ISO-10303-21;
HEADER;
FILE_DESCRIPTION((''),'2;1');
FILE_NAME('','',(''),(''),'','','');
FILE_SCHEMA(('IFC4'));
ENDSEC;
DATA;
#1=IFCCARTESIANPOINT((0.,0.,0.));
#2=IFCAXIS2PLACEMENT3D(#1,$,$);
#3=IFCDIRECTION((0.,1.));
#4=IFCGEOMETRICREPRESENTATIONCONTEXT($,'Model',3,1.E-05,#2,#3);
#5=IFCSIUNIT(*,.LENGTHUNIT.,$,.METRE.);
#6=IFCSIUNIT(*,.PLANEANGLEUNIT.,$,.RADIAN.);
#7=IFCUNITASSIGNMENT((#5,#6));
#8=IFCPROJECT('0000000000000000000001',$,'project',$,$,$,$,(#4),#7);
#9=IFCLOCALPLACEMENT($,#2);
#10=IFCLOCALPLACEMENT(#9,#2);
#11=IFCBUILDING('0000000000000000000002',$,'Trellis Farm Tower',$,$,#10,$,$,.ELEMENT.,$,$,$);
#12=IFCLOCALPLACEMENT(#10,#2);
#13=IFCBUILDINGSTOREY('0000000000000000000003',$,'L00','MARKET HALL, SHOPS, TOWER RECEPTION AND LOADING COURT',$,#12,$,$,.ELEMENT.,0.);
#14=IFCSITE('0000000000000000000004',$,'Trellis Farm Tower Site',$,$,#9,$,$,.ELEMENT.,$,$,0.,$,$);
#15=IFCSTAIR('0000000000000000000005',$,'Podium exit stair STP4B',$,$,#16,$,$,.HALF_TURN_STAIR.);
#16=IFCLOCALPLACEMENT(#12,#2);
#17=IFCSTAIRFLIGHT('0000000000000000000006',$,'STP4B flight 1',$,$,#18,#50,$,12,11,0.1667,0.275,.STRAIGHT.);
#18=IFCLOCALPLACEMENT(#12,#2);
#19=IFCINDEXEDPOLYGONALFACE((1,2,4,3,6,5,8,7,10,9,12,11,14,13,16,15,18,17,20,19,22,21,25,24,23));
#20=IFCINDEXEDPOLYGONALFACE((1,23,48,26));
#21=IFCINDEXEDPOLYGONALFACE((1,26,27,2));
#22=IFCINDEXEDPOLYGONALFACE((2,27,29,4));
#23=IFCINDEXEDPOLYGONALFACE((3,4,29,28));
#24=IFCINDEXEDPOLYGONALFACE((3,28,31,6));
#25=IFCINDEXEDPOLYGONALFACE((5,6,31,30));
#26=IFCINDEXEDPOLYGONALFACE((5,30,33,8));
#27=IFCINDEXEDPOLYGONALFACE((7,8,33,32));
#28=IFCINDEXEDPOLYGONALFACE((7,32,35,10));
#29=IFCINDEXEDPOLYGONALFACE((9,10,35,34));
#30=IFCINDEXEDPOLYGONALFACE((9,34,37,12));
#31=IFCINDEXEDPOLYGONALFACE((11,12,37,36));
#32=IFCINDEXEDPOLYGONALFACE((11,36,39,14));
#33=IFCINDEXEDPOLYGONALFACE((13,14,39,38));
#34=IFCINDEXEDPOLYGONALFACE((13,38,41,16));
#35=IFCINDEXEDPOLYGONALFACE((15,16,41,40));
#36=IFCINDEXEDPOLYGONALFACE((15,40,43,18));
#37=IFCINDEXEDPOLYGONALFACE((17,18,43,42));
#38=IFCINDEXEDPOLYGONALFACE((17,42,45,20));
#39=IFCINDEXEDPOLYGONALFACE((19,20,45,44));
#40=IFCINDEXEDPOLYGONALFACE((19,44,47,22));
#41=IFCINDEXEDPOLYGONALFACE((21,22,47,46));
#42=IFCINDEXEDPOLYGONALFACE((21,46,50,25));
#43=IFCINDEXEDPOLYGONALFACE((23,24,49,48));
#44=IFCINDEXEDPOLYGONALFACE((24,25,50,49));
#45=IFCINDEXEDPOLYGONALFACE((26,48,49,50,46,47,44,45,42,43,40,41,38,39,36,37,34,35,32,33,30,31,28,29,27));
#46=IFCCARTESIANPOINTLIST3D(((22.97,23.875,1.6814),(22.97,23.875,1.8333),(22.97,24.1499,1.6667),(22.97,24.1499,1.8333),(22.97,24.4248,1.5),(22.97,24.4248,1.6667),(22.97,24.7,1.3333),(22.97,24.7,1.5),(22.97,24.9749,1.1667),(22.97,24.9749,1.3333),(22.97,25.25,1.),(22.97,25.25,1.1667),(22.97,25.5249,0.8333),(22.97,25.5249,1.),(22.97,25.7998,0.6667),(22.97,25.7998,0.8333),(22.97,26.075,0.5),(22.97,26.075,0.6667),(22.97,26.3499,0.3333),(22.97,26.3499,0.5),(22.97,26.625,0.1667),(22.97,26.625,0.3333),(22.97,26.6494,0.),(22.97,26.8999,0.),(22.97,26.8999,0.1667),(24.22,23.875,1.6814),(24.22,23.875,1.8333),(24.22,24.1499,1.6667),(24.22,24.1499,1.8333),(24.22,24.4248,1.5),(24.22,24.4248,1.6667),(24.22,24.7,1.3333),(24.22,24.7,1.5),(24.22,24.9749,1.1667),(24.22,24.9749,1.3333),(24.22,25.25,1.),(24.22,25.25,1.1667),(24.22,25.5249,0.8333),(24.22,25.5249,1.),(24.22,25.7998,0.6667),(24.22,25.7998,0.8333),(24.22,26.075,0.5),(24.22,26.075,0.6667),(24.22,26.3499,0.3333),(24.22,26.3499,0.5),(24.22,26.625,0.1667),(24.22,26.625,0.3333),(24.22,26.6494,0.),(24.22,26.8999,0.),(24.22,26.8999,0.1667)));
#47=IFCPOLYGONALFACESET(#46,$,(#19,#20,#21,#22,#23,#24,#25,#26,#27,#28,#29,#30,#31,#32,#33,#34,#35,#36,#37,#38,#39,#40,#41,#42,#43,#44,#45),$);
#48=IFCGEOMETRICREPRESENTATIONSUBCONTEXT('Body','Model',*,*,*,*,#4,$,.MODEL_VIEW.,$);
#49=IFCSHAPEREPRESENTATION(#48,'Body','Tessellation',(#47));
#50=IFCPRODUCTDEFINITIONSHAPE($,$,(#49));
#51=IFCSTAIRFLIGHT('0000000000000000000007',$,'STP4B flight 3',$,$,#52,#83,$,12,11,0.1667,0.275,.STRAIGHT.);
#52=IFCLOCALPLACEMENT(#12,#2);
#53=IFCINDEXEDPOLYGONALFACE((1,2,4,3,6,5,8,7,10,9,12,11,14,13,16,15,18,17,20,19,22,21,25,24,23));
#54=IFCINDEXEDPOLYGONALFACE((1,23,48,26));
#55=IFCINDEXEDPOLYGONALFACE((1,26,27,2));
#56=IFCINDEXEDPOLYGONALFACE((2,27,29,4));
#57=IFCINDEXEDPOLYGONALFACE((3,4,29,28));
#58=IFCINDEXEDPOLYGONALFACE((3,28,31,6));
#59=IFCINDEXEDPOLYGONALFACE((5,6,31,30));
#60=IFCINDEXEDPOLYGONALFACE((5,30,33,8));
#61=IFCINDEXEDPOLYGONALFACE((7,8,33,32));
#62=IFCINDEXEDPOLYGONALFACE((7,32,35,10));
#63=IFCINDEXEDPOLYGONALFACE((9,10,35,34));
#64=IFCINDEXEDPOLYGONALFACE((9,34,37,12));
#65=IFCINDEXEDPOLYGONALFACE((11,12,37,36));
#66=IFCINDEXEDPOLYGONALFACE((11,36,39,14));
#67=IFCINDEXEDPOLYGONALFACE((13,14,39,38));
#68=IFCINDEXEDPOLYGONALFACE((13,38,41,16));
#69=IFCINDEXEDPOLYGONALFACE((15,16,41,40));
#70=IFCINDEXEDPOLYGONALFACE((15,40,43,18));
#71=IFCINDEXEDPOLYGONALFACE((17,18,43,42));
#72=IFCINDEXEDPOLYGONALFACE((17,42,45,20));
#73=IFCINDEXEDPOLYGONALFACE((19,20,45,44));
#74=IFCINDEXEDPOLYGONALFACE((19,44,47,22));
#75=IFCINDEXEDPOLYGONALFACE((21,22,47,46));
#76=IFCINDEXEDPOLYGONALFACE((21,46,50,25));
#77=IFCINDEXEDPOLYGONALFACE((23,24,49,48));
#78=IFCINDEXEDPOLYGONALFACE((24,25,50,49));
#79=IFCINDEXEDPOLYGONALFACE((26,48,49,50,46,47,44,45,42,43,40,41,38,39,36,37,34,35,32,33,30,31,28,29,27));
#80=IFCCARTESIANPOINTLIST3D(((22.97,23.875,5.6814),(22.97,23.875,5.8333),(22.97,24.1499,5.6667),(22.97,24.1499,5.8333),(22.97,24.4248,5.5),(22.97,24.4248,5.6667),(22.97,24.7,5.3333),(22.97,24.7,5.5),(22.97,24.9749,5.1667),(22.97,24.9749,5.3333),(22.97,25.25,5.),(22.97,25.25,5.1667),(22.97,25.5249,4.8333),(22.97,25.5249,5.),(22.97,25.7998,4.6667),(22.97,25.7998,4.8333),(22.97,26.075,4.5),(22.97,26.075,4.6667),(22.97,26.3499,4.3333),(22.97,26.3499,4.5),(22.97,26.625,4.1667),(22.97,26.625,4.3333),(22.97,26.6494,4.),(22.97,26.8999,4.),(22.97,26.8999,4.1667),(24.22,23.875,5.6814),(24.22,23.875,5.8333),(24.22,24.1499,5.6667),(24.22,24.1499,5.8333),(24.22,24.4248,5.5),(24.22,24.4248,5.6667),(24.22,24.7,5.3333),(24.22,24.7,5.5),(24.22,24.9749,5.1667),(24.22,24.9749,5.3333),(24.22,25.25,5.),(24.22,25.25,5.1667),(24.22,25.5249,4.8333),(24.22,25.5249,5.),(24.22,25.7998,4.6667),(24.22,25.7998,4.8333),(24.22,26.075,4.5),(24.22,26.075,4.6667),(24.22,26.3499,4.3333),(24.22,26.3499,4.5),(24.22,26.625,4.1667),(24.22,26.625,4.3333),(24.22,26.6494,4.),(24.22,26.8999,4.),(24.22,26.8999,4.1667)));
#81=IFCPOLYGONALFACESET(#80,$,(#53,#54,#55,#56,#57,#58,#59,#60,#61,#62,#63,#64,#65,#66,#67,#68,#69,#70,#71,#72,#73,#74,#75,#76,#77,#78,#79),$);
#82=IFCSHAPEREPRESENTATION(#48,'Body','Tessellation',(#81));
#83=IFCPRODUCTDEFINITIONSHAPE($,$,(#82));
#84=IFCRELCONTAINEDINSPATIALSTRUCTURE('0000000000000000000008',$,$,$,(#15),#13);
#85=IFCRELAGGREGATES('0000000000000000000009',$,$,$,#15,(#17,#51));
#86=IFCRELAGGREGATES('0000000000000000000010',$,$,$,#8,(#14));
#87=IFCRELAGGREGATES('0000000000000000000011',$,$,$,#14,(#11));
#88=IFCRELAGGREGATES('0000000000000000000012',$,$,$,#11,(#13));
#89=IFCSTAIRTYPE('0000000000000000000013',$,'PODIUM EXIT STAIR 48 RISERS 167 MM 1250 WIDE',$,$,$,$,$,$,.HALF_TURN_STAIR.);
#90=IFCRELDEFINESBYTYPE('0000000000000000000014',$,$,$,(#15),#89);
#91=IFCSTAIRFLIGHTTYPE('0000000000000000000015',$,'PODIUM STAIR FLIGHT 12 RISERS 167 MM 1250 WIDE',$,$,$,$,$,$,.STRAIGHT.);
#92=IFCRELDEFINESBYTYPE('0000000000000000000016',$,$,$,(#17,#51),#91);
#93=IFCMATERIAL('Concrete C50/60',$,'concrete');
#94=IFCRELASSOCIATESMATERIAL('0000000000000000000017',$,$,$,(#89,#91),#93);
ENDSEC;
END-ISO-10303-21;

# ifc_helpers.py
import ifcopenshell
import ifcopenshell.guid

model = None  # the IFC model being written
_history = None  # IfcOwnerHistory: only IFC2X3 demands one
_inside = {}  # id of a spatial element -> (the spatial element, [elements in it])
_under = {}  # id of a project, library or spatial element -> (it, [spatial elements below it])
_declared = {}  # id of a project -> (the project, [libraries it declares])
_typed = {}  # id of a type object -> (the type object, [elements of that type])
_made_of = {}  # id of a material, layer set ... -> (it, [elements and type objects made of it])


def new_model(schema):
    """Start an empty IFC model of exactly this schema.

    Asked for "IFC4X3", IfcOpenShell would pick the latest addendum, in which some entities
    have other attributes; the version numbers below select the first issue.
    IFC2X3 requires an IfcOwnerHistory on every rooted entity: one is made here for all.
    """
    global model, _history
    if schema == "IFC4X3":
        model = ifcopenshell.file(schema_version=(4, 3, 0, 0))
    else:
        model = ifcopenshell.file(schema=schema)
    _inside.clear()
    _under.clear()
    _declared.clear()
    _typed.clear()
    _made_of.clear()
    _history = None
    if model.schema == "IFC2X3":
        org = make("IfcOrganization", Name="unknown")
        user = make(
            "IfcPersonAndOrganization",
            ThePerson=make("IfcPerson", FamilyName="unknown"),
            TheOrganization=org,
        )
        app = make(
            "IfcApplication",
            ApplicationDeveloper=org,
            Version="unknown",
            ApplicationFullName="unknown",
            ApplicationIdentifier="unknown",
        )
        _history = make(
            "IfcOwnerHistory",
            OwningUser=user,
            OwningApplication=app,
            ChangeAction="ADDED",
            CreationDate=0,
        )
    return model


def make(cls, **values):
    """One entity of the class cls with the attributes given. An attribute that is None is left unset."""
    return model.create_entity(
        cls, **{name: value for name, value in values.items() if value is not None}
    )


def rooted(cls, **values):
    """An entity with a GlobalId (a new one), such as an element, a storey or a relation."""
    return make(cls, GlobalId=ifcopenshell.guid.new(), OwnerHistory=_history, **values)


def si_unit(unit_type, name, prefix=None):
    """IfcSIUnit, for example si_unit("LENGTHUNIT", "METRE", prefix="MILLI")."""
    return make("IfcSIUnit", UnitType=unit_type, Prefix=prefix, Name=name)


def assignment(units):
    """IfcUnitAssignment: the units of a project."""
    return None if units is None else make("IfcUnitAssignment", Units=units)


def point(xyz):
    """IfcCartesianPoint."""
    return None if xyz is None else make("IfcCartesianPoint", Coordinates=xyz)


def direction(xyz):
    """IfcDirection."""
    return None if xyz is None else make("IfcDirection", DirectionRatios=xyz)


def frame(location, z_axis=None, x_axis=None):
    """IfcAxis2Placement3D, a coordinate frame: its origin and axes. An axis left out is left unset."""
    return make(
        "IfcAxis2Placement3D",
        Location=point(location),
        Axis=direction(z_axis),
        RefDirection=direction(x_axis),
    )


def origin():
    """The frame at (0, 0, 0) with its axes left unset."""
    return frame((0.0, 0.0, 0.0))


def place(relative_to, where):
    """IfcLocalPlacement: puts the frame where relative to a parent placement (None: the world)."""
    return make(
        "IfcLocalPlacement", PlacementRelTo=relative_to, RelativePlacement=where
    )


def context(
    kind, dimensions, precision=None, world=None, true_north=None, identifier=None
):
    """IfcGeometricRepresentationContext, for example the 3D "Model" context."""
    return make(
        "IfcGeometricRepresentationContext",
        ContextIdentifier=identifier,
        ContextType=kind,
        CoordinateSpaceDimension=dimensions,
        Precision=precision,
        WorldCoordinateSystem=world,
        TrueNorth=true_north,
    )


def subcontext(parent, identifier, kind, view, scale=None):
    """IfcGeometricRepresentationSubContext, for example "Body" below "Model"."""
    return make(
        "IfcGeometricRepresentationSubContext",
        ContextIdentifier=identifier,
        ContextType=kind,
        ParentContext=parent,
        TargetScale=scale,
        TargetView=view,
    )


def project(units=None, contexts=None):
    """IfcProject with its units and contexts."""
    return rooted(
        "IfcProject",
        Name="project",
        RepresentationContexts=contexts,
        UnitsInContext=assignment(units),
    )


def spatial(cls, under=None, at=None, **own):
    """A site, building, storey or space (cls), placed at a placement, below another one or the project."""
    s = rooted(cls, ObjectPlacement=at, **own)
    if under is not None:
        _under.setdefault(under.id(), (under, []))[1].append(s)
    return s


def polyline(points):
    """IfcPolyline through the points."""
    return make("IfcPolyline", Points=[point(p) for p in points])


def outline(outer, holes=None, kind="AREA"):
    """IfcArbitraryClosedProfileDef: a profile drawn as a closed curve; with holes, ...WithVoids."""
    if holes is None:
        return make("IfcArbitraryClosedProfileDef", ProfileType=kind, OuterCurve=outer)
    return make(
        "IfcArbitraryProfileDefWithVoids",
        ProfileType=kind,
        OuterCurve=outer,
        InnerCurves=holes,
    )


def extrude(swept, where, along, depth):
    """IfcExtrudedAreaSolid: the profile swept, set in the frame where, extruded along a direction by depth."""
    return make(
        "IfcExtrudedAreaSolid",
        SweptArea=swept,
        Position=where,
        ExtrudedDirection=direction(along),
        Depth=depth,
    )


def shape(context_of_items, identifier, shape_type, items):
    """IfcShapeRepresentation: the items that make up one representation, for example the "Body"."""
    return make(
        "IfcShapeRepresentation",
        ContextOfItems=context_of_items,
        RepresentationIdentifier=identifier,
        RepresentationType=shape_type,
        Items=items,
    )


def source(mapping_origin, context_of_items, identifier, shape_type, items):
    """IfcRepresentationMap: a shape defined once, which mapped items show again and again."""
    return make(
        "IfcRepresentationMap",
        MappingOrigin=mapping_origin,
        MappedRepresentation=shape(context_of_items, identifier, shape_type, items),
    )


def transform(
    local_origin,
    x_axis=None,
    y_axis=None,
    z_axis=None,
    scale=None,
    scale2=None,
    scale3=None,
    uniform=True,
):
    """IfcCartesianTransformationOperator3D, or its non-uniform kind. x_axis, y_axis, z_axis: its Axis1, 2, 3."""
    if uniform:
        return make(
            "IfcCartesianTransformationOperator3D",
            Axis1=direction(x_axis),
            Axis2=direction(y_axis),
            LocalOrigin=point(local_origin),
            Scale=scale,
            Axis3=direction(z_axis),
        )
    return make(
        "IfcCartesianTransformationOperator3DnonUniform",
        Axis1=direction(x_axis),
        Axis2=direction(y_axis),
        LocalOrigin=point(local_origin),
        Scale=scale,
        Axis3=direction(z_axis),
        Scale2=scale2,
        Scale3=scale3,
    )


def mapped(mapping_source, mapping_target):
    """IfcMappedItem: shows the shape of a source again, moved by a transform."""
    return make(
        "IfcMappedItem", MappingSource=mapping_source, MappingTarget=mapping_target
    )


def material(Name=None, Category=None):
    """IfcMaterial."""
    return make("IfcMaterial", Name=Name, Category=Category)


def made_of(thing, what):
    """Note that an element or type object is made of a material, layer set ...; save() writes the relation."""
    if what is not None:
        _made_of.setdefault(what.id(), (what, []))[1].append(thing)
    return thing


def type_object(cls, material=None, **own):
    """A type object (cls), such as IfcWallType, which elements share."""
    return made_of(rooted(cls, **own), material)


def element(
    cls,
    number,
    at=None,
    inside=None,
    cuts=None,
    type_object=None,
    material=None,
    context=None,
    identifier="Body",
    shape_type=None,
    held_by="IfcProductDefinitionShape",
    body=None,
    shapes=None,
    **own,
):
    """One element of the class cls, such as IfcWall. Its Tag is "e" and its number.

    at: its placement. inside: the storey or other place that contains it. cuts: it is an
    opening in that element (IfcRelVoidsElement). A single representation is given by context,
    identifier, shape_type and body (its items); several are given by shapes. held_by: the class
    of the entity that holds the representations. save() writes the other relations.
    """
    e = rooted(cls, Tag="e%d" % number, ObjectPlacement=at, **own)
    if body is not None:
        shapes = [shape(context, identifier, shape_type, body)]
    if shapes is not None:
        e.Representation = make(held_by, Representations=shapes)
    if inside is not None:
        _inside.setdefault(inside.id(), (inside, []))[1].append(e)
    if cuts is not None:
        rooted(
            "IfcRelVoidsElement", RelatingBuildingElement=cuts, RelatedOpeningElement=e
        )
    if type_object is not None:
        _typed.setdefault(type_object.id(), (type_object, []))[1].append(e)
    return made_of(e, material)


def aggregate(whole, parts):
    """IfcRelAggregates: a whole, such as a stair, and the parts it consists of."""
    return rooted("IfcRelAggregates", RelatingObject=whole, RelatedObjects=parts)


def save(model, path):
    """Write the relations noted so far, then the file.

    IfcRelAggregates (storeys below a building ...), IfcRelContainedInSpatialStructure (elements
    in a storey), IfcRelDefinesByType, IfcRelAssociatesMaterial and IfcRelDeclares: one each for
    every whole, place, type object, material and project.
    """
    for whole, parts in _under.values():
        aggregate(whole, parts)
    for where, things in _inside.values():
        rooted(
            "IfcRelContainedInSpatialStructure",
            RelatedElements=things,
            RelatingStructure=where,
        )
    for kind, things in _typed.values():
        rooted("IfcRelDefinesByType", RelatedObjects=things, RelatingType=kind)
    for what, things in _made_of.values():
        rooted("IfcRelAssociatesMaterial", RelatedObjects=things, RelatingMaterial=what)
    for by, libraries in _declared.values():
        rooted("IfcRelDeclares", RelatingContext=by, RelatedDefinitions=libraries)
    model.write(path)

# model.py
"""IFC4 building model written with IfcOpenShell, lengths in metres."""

from ifc_helpers import new_model, si_unit, direction, frame, origin, place, context, subcontext, project, spatial, polyline, outline, extrude, source, transform, mapped, material, type_object, element, aggregate, save


model = new_model("IFC4")

# Units and contexts
model_context = context("Model", 3, precision=1e-05, world=origin(), true_north=direction((0.0, 1.0)))
body_context = subcontext(model_context, "Body", "Model", "MODEL_VIEW")
ifc_project = project(units=[si_unit("LENGTHUNIT", "METRE"), si_unit("PLANEANGLEUNIT", "RADIAN")], contexts=[model_context])

# Site, building, storey
site_placement = place(None, origin())
site = spatial("IfcSite", under=ifc_project, at=site_placement, Name="Trellis Farm Tower Site", CompositionType="ELEMENT", RefElevation=0.0)
building_placement = place(site_placement, origin())
building = spatial("IfcBuilding", under=site, at=building_placement, Name="Trellis Farm Tower", CompositionType="ELEMENT")
storey_placement = place(building_placement, origin())
storey = spatial("IfcBuildingStorey", under=building, at=storey_placement, Name="L00", Description="MARKET HALL, SHOPS, TOWER RECEPTION AND LOADING COURT", CompositionType="ELEMENT", Elevation=0.0)

# Stair, stair flights
ifc_material_1 = material(Name="Concrete C50/60", Category="concrete")
stair_type = type_object("IfcStairType", Name="PODIUM EXIT STAIR 48 RISERS 167 MM 1250 WIDE", PredefinedType="HALF_TURN_STAIR", material=ifc_material_1)
placement = place(storey_placement, origin())
stair_flight_type = type_object("IfcStairFlightType", Name="PODIUM STAIR FLIGHT 12 RISERS 167 MM 1250 WIDE", PredefinedType="STRAIGHT", material=ifc_material_1)
shared_shape_1 = source(origin(), body_context, "Body", "SweptSolid", [
    extrude(outline(polyline([(0.0, 0.0), (0.0, 0.1667), (0.2749, 0.1667), (0.2749, 0.3333), (0.55, 0.3333), (0.55, 0.5), (0.825, 0.5), (0.825, 0.6667), (1.1001, 0.6667), (1.1001, 0.8333), (1.375, 0.8333), (1.375, 1.0), (1.6499, 1.0), (1.6499, 1.1667), (1.925, 1.1667), (1.925, 1.3333), (2.2, 1.3333), (2.2, 1.5), (2.4751, 1.5), (2.4751, 1.6667), (2.75, 1.6667), (2.75, 1.8333), (3.0249, 1.8333), (3.0249, 2.0), (3.0249, 1.6814), (0.2505, 0.0), (0.0, 0.0)])), frame((0.0, 0.625, 0.0), z_axis=(0.0, -1.0, 0.0), x_axis=(1.0, 0.0, 0.0)), (0.0, 0.0, 1.0), 1.25),
])
stair_1 = element("IfcStair", 1, at=placement, inside=storey, type_object=stair_type, Name="Podium exit stair STP4B", PredefinedType="HALF_TURN_STAIR")
stair_flight_1_placement = place(storey_placement, frame((23.595, 26.8999, 0.0), z_axis=(0.0, 0.0, 1.0), x_axis=(0.0, -1.0, 0.0)))
stair_flight_1 = element("IfcStairFlight", 2, at=stair_flight_1_placement, type_object=stair_flight_type, Name="STP4B flight 1", NumberOfRisers=12, NumberOfTreads=11, PredefinedType="STRAIGHT", RiserHeight=0.1667, TreadLength=0.275, context=body_context, shape_type="MappedRepresentation", body=[
    mapped(shared_shape_1, transform((0.0, 0.0, 0.0))),
])
stair_flight_2_placement = place(storey_placement, frame((23.595, 26.8999, 4.0), z_axis=(0.0, 0.0, 1.0), x_axis=(0.0, -1.0, 0.0)))
stair_flight_2 = element("IfcStairFlight", 3, at=stair_flight_2_placement, type_object=stair_flight_type, Name="STP4B flight 3", NumberOfRisers=12, NumberOfTreads=11, PredefinedType="STRAIGHT", RiserHeight=0.1667, TreadLength=0.275, context=body_context, shape_type="MappedRepresentation", body=[
    mapped(shared_shape_1, transform((0.0, 0.0, 0.0))),
])
aggregate(stair_1, [stair_flight_1, stair_flight_2])

save(model, "model.ifc")
